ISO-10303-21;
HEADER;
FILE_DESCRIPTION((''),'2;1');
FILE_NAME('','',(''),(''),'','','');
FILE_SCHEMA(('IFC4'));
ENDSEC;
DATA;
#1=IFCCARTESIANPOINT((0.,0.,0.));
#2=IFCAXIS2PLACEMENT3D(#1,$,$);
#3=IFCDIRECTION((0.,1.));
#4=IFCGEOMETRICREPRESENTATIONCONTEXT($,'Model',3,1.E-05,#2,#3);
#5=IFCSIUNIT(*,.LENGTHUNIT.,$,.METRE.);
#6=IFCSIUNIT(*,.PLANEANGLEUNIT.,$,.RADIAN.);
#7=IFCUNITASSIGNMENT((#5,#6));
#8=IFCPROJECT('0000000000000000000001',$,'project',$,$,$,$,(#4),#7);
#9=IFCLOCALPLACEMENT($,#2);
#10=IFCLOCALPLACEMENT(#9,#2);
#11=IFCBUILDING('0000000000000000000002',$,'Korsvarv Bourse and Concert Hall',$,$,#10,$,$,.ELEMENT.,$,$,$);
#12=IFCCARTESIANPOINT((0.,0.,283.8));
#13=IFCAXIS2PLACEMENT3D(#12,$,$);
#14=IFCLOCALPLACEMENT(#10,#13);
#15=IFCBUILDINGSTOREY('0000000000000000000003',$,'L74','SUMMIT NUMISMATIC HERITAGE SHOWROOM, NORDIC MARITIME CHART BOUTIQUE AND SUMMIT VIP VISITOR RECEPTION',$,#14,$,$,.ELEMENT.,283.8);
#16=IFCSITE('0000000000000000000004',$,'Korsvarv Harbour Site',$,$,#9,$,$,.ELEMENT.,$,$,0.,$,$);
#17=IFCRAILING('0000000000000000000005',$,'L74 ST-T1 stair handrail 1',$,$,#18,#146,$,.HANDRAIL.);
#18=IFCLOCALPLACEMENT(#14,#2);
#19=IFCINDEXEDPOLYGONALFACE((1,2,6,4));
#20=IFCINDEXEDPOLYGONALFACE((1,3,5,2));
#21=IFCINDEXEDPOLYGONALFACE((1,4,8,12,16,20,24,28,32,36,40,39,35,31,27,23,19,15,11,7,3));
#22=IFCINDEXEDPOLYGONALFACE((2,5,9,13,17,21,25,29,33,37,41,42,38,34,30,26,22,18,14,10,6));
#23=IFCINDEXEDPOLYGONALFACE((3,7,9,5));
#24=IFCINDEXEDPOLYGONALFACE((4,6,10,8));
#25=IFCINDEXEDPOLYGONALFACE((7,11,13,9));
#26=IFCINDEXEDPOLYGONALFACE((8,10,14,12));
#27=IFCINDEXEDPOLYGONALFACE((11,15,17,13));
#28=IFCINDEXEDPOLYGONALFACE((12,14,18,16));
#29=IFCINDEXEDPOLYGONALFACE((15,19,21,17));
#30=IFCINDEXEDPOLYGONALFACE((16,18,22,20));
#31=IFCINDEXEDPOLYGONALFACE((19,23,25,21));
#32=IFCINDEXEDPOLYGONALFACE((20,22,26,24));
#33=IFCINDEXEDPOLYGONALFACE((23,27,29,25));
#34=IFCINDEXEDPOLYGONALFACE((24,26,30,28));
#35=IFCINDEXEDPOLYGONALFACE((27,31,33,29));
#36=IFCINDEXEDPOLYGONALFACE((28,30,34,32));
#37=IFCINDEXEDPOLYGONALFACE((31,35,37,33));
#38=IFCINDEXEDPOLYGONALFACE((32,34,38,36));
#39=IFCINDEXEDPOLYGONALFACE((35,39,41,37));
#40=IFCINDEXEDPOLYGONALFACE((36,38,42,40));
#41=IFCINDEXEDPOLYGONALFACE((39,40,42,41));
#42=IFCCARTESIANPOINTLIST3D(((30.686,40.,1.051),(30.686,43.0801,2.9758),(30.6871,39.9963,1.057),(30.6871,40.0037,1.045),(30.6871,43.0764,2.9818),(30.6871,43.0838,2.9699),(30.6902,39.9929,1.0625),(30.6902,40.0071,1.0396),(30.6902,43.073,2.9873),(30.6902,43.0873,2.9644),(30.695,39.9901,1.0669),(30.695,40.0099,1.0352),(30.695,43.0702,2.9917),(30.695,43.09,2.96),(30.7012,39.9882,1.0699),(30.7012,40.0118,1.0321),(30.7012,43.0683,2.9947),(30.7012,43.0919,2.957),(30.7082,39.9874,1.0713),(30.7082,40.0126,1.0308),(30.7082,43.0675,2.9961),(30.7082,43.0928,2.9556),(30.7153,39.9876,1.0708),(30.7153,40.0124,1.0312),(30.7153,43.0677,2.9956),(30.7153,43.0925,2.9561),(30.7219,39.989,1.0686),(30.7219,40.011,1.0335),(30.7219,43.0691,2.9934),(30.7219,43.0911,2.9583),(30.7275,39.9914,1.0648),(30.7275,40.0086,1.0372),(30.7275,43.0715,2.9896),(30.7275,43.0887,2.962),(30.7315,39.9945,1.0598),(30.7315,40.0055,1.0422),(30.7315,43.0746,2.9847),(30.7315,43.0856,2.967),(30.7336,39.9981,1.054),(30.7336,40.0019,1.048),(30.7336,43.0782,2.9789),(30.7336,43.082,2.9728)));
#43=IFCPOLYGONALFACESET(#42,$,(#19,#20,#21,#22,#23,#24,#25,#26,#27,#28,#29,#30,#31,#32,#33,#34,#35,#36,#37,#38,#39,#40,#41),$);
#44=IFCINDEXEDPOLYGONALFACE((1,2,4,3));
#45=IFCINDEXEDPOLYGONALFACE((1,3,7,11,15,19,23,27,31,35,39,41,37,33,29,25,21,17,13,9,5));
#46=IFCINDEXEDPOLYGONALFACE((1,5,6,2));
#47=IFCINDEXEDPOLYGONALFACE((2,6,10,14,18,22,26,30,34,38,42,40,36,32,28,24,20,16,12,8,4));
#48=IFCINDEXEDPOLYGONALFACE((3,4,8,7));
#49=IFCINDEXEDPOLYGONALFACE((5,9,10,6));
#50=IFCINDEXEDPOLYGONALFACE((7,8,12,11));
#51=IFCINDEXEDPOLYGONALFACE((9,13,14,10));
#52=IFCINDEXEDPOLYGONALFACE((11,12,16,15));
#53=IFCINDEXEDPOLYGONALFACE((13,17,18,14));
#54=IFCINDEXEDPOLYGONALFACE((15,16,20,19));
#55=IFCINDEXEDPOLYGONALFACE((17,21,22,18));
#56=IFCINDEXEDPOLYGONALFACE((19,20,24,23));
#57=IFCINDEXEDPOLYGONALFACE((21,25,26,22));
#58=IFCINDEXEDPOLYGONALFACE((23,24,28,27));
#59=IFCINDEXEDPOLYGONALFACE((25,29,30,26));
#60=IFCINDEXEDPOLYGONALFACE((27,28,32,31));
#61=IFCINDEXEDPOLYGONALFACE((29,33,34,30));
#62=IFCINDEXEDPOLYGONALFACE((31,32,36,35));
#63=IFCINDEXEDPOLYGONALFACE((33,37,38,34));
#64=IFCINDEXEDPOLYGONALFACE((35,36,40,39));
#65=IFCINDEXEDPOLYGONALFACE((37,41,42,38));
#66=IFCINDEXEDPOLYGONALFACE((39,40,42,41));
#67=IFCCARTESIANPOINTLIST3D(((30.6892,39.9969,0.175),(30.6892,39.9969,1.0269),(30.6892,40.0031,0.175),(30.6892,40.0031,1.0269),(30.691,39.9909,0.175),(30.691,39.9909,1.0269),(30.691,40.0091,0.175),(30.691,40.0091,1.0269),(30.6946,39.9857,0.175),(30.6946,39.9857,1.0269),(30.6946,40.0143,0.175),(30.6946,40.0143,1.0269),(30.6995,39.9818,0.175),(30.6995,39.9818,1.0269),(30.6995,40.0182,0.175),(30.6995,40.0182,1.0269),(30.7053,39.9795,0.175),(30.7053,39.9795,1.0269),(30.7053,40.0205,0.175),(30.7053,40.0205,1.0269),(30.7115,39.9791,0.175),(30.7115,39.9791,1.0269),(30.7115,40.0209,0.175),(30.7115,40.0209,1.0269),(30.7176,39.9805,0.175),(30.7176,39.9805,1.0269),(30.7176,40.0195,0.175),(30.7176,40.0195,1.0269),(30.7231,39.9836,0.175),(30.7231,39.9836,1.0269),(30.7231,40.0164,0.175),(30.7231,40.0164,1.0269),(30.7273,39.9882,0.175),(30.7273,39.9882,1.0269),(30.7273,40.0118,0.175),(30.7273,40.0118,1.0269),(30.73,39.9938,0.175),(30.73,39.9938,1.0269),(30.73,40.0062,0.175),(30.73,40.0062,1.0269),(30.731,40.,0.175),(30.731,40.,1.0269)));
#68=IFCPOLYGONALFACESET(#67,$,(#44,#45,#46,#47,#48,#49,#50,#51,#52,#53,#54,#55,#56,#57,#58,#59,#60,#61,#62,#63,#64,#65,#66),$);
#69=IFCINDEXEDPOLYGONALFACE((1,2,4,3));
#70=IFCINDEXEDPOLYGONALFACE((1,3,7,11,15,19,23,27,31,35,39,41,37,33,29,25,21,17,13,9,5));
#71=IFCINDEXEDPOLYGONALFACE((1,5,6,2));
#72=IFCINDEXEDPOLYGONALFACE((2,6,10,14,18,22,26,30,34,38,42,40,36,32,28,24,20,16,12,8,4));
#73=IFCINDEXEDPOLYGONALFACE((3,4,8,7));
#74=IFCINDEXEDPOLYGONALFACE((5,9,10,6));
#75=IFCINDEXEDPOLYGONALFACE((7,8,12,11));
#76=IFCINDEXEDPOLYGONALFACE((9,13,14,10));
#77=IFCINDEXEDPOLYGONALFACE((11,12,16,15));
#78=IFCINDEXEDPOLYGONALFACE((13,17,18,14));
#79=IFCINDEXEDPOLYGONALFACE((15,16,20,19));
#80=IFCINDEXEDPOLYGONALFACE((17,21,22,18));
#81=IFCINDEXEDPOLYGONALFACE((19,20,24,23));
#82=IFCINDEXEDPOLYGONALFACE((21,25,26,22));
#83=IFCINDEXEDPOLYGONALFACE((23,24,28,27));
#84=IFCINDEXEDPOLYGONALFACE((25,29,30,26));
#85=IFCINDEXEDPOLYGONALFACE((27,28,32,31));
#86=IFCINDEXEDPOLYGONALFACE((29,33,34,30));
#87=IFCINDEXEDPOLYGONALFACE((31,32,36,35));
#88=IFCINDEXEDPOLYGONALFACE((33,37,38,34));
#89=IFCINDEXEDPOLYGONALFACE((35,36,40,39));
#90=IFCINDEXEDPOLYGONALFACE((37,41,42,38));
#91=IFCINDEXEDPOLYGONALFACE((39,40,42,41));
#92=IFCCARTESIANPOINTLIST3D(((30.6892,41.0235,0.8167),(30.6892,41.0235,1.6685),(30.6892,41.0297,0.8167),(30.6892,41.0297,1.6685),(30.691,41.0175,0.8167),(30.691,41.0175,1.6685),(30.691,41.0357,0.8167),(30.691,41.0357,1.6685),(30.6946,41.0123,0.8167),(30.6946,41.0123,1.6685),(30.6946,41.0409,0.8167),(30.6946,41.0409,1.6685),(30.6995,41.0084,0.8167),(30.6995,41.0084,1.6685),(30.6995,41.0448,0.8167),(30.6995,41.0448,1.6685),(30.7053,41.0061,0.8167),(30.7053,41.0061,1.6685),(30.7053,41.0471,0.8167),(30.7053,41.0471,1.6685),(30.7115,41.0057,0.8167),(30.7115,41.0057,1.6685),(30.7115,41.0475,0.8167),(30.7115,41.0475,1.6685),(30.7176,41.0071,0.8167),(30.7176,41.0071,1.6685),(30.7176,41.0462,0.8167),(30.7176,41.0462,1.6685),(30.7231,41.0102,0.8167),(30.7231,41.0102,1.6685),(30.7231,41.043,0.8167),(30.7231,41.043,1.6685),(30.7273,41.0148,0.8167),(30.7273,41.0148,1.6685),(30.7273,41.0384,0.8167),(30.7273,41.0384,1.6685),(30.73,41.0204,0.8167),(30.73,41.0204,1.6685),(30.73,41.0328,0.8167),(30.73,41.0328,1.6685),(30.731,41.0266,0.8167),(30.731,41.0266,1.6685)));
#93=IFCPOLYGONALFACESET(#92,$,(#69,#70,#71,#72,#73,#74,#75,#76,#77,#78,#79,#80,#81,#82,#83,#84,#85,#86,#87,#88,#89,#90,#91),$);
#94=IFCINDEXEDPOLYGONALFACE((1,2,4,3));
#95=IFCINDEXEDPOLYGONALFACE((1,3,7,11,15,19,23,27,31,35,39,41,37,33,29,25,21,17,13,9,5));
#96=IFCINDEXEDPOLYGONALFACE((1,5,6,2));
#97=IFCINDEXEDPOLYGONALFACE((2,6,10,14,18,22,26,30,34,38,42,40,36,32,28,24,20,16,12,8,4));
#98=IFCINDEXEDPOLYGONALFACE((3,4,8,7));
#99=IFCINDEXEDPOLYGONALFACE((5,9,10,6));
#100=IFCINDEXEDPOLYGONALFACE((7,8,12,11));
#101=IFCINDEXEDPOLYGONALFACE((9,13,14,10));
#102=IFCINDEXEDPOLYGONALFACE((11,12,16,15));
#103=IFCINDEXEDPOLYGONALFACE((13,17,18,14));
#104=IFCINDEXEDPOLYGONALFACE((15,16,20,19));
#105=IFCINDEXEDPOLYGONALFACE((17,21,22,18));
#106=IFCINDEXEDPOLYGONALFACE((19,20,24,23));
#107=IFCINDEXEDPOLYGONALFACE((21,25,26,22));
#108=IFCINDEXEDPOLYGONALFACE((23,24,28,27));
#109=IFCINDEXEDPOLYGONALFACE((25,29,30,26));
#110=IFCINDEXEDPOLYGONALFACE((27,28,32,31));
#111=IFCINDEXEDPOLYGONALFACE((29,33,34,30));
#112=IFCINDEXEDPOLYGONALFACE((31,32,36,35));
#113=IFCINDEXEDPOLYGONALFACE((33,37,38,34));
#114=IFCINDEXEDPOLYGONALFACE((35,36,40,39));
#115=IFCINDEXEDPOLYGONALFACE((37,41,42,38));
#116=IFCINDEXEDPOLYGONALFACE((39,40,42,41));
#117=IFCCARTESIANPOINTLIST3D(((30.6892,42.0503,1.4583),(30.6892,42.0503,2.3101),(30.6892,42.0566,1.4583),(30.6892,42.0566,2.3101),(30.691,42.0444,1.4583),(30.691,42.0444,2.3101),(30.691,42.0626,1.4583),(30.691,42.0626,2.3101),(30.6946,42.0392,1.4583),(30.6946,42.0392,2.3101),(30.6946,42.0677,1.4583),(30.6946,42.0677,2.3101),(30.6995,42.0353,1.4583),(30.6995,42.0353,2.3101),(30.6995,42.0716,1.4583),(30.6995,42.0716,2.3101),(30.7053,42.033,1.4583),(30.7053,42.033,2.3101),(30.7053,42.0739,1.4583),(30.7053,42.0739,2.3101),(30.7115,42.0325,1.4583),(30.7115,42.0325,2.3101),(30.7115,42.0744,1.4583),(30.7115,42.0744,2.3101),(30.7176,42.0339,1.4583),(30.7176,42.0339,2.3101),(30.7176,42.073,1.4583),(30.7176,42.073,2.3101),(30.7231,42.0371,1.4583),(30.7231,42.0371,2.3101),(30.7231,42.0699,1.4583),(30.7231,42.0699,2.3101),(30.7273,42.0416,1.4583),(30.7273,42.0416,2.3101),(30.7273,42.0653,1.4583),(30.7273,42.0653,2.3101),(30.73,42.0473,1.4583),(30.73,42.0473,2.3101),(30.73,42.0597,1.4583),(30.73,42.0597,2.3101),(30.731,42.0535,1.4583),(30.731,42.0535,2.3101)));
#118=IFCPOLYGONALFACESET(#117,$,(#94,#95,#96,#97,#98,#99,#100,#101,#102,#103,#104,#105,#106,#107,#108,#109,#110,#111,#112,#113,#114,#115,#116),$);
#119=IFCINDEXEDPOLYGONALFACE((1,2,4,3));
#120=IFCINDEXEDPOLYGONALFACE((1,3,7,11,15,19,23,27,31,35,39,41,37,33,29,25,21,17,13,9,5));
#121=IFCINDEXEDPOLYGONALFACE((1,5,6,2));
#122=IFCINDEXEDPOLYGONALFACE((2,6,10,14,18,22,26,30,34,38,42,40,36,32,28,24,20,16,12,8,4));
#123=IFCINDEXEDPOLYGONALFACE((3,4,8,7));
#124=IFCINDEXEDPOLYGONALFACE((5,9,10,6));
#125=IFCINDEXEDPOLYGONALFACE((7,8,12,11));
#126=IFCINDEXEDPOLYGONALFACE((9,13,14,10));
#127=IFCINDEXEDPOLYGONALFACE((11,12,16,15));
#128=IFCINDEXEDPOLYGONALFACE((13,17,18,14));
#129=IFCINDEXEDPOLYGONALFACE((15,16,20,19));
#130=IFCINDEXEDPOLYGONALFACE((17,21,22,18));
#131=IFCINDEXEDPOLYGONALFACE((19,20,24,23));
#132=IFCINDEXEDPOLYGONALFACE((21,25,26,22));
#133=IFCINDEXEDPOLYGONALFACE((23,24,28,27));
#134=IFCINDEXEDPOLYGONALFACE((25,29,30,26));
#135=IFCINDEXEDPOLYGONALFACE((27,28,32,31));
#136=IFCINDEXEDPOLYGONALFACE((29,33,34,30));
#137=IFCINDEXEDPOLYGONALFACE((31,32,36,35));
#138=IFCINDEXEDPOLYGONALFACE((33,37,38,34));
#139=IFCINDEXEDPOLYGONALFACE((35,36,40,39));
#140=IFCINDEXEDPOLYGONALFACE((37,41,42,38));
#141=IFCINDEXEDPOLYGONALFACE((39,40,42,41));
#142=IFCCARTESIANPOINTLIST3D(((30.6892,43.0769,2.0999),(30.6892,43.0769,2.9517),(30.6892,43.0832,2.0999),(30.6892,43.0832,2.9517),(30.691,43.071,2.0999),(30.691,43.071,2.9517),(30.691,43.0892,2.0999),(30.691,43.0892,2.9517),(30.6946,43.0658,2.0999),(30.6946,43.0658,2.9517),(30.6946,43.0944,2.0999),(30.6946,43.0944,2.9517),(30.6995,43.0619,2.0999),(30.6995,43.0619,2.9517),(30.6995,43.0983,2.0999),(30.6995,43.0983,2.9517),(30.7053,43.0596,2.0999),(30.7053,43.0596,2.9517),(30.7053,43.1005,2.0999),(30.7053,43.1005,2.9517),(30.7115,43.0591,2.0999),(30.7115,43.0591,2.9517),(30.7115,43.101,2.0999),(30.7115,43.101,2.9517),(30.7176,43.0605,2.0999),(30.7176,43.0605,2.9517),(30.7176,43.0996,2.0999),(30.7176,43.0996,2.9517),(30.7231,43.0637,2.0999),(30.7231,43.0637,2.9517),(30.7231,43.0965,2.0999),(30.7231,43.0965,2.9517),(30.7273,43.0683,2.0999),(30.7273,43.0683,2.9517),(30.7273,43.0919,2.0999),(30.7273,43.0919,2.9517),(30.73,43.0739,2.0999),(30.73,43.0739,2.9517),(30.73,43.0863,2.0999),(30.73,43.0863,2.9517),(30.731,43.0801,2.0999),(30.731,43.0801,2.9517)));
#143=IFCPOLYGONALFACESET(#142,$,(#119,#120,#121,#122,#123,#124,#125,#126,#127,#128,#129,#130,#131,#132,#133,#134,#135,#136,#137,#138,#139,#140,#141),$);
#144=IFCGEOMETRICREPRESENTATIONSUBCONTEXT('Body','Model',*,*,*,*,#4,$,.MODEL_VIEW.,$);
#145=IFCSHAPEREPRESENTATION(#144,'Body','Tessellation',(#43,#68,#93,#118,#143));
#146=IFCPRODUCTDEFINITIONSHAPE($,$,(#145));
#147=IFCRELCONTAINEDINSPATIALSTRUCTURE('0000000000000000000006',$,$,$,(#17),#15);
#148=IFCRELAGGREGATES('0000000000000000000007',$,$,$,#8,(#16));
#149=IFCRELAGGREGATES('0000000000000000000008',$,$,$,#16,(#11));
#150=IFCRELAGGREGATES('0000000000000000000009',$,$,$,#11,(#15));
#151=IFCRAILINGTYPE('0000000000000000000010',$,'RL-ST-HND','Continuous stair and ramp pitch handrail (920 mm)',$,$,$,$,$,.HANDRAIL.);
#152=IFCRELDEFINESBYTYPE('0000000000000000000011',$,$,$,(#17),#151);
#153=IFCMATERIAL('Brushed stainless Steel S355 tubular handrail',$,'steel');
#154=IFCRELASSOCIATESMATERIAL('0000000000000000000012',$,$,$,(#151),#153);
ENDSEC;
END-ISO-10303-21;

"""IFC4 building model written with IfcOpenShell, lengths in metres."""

from ifc_helpers import new_model, si_unit, direction, frame, origin, origin_2d, place, context, subcontext, project, spatial, circle, extrude, material, type_object, element, save


model = new_model("IFC4")

# Units and contexts
model_context = context("Model", 3, precision=1e-05, world=origin(), true_north=direction((0.0, 1.0)))
body_context = subcontext(model_context, "Body", "Model", "MODEL_VIEW")
ifc_project = project(units=[si_unit("LENGTHUNIT", "METRE"), si_unit("PLANEANGLEUNIT", "RADIAN")], contexts=[model_context])

# Site, building, storey
site_placement = place(None, origin())
site = spatial("IfcSite", under=ifc_project, at=site_placement, Name="Korsvarv Harbour Site", CompositionType="ELEMENT", RefElevation=0.0)
building_placement = place(site_placement, origin())
building = spatial("IfcBuilding", under=site, at=building_placement, Name="Korsvarv Bourse and Concert Hall", CompositionType="ELEMENT")
storey_placement = place(building_placement, frame((0.0, 0.0, 283.8)))
storey = spatial("IfcBuildingStorey", under=building, at=storey_placement, Name="L74", Description="SUMMIT NUMISMATIC HERITAGE SHOWROOM, NORDIC MARITIME CHART BOUTIQUE AND SUMMIT VIP VISITOR RECEPTION", CompositionType="ELEMENT", Elevation=283.8)

# Railing
ifc_material_1 = material(Name="Brushed stainless Steel S355 tubular handrail", Category="steel")
railing_type_1 = type_object("IfcRailingType", Name="RL-ST-HND", Description="Continuous stair and ramp pitch handrail (920 mm)", PredefinedType="HANDRAIL", material=ifc_material_1)
railing_1_placement = place(storey_placement, frame((30.71, 40.0, 0.175)))
element("IfcRailing", 1, at=railing_1_placement, inside=storey, type_object=railing_type_1, Name="L74 ST-T1 stair handrail 1", PredefinedType="HANDRAIL", context=body_context, shape_type="SweptSolid", body=[
    extrude(circle(Radius=0.0239, at=origin_2d()), frame((0.0, 0.0, 0.876), z_axis=(0.0, 0.848029, 0.529951), x_axis=(-1.0, 0.0, 0.0)), (0.0, 0.0, 1.0), 3.6321),
    extrude(circle(Radius=0.021, at=origin_2d()), origin(), (0.0, 0.0, 1.0), 0.8518),
    extrude(circle(Radius=0.021, at=origin_2d()), frame((0.0, 1.0266, 0.6416)), (0.0, 0.0, 1.0), 0.8518),
    extrude(circle(Radius=0.021, at=origin_2d()), frame((0.0, 2.0535, 1.2832)), (0.0, 0.0, 1.0), 0.8518),
    extrude(circle(Radius=0.021, at=origin_2d()), frame((0.0, 3.0801, 1.9248)), (0.0, 0.0, 1.0), 0.8518),
])

save(model, "model.ifc")
